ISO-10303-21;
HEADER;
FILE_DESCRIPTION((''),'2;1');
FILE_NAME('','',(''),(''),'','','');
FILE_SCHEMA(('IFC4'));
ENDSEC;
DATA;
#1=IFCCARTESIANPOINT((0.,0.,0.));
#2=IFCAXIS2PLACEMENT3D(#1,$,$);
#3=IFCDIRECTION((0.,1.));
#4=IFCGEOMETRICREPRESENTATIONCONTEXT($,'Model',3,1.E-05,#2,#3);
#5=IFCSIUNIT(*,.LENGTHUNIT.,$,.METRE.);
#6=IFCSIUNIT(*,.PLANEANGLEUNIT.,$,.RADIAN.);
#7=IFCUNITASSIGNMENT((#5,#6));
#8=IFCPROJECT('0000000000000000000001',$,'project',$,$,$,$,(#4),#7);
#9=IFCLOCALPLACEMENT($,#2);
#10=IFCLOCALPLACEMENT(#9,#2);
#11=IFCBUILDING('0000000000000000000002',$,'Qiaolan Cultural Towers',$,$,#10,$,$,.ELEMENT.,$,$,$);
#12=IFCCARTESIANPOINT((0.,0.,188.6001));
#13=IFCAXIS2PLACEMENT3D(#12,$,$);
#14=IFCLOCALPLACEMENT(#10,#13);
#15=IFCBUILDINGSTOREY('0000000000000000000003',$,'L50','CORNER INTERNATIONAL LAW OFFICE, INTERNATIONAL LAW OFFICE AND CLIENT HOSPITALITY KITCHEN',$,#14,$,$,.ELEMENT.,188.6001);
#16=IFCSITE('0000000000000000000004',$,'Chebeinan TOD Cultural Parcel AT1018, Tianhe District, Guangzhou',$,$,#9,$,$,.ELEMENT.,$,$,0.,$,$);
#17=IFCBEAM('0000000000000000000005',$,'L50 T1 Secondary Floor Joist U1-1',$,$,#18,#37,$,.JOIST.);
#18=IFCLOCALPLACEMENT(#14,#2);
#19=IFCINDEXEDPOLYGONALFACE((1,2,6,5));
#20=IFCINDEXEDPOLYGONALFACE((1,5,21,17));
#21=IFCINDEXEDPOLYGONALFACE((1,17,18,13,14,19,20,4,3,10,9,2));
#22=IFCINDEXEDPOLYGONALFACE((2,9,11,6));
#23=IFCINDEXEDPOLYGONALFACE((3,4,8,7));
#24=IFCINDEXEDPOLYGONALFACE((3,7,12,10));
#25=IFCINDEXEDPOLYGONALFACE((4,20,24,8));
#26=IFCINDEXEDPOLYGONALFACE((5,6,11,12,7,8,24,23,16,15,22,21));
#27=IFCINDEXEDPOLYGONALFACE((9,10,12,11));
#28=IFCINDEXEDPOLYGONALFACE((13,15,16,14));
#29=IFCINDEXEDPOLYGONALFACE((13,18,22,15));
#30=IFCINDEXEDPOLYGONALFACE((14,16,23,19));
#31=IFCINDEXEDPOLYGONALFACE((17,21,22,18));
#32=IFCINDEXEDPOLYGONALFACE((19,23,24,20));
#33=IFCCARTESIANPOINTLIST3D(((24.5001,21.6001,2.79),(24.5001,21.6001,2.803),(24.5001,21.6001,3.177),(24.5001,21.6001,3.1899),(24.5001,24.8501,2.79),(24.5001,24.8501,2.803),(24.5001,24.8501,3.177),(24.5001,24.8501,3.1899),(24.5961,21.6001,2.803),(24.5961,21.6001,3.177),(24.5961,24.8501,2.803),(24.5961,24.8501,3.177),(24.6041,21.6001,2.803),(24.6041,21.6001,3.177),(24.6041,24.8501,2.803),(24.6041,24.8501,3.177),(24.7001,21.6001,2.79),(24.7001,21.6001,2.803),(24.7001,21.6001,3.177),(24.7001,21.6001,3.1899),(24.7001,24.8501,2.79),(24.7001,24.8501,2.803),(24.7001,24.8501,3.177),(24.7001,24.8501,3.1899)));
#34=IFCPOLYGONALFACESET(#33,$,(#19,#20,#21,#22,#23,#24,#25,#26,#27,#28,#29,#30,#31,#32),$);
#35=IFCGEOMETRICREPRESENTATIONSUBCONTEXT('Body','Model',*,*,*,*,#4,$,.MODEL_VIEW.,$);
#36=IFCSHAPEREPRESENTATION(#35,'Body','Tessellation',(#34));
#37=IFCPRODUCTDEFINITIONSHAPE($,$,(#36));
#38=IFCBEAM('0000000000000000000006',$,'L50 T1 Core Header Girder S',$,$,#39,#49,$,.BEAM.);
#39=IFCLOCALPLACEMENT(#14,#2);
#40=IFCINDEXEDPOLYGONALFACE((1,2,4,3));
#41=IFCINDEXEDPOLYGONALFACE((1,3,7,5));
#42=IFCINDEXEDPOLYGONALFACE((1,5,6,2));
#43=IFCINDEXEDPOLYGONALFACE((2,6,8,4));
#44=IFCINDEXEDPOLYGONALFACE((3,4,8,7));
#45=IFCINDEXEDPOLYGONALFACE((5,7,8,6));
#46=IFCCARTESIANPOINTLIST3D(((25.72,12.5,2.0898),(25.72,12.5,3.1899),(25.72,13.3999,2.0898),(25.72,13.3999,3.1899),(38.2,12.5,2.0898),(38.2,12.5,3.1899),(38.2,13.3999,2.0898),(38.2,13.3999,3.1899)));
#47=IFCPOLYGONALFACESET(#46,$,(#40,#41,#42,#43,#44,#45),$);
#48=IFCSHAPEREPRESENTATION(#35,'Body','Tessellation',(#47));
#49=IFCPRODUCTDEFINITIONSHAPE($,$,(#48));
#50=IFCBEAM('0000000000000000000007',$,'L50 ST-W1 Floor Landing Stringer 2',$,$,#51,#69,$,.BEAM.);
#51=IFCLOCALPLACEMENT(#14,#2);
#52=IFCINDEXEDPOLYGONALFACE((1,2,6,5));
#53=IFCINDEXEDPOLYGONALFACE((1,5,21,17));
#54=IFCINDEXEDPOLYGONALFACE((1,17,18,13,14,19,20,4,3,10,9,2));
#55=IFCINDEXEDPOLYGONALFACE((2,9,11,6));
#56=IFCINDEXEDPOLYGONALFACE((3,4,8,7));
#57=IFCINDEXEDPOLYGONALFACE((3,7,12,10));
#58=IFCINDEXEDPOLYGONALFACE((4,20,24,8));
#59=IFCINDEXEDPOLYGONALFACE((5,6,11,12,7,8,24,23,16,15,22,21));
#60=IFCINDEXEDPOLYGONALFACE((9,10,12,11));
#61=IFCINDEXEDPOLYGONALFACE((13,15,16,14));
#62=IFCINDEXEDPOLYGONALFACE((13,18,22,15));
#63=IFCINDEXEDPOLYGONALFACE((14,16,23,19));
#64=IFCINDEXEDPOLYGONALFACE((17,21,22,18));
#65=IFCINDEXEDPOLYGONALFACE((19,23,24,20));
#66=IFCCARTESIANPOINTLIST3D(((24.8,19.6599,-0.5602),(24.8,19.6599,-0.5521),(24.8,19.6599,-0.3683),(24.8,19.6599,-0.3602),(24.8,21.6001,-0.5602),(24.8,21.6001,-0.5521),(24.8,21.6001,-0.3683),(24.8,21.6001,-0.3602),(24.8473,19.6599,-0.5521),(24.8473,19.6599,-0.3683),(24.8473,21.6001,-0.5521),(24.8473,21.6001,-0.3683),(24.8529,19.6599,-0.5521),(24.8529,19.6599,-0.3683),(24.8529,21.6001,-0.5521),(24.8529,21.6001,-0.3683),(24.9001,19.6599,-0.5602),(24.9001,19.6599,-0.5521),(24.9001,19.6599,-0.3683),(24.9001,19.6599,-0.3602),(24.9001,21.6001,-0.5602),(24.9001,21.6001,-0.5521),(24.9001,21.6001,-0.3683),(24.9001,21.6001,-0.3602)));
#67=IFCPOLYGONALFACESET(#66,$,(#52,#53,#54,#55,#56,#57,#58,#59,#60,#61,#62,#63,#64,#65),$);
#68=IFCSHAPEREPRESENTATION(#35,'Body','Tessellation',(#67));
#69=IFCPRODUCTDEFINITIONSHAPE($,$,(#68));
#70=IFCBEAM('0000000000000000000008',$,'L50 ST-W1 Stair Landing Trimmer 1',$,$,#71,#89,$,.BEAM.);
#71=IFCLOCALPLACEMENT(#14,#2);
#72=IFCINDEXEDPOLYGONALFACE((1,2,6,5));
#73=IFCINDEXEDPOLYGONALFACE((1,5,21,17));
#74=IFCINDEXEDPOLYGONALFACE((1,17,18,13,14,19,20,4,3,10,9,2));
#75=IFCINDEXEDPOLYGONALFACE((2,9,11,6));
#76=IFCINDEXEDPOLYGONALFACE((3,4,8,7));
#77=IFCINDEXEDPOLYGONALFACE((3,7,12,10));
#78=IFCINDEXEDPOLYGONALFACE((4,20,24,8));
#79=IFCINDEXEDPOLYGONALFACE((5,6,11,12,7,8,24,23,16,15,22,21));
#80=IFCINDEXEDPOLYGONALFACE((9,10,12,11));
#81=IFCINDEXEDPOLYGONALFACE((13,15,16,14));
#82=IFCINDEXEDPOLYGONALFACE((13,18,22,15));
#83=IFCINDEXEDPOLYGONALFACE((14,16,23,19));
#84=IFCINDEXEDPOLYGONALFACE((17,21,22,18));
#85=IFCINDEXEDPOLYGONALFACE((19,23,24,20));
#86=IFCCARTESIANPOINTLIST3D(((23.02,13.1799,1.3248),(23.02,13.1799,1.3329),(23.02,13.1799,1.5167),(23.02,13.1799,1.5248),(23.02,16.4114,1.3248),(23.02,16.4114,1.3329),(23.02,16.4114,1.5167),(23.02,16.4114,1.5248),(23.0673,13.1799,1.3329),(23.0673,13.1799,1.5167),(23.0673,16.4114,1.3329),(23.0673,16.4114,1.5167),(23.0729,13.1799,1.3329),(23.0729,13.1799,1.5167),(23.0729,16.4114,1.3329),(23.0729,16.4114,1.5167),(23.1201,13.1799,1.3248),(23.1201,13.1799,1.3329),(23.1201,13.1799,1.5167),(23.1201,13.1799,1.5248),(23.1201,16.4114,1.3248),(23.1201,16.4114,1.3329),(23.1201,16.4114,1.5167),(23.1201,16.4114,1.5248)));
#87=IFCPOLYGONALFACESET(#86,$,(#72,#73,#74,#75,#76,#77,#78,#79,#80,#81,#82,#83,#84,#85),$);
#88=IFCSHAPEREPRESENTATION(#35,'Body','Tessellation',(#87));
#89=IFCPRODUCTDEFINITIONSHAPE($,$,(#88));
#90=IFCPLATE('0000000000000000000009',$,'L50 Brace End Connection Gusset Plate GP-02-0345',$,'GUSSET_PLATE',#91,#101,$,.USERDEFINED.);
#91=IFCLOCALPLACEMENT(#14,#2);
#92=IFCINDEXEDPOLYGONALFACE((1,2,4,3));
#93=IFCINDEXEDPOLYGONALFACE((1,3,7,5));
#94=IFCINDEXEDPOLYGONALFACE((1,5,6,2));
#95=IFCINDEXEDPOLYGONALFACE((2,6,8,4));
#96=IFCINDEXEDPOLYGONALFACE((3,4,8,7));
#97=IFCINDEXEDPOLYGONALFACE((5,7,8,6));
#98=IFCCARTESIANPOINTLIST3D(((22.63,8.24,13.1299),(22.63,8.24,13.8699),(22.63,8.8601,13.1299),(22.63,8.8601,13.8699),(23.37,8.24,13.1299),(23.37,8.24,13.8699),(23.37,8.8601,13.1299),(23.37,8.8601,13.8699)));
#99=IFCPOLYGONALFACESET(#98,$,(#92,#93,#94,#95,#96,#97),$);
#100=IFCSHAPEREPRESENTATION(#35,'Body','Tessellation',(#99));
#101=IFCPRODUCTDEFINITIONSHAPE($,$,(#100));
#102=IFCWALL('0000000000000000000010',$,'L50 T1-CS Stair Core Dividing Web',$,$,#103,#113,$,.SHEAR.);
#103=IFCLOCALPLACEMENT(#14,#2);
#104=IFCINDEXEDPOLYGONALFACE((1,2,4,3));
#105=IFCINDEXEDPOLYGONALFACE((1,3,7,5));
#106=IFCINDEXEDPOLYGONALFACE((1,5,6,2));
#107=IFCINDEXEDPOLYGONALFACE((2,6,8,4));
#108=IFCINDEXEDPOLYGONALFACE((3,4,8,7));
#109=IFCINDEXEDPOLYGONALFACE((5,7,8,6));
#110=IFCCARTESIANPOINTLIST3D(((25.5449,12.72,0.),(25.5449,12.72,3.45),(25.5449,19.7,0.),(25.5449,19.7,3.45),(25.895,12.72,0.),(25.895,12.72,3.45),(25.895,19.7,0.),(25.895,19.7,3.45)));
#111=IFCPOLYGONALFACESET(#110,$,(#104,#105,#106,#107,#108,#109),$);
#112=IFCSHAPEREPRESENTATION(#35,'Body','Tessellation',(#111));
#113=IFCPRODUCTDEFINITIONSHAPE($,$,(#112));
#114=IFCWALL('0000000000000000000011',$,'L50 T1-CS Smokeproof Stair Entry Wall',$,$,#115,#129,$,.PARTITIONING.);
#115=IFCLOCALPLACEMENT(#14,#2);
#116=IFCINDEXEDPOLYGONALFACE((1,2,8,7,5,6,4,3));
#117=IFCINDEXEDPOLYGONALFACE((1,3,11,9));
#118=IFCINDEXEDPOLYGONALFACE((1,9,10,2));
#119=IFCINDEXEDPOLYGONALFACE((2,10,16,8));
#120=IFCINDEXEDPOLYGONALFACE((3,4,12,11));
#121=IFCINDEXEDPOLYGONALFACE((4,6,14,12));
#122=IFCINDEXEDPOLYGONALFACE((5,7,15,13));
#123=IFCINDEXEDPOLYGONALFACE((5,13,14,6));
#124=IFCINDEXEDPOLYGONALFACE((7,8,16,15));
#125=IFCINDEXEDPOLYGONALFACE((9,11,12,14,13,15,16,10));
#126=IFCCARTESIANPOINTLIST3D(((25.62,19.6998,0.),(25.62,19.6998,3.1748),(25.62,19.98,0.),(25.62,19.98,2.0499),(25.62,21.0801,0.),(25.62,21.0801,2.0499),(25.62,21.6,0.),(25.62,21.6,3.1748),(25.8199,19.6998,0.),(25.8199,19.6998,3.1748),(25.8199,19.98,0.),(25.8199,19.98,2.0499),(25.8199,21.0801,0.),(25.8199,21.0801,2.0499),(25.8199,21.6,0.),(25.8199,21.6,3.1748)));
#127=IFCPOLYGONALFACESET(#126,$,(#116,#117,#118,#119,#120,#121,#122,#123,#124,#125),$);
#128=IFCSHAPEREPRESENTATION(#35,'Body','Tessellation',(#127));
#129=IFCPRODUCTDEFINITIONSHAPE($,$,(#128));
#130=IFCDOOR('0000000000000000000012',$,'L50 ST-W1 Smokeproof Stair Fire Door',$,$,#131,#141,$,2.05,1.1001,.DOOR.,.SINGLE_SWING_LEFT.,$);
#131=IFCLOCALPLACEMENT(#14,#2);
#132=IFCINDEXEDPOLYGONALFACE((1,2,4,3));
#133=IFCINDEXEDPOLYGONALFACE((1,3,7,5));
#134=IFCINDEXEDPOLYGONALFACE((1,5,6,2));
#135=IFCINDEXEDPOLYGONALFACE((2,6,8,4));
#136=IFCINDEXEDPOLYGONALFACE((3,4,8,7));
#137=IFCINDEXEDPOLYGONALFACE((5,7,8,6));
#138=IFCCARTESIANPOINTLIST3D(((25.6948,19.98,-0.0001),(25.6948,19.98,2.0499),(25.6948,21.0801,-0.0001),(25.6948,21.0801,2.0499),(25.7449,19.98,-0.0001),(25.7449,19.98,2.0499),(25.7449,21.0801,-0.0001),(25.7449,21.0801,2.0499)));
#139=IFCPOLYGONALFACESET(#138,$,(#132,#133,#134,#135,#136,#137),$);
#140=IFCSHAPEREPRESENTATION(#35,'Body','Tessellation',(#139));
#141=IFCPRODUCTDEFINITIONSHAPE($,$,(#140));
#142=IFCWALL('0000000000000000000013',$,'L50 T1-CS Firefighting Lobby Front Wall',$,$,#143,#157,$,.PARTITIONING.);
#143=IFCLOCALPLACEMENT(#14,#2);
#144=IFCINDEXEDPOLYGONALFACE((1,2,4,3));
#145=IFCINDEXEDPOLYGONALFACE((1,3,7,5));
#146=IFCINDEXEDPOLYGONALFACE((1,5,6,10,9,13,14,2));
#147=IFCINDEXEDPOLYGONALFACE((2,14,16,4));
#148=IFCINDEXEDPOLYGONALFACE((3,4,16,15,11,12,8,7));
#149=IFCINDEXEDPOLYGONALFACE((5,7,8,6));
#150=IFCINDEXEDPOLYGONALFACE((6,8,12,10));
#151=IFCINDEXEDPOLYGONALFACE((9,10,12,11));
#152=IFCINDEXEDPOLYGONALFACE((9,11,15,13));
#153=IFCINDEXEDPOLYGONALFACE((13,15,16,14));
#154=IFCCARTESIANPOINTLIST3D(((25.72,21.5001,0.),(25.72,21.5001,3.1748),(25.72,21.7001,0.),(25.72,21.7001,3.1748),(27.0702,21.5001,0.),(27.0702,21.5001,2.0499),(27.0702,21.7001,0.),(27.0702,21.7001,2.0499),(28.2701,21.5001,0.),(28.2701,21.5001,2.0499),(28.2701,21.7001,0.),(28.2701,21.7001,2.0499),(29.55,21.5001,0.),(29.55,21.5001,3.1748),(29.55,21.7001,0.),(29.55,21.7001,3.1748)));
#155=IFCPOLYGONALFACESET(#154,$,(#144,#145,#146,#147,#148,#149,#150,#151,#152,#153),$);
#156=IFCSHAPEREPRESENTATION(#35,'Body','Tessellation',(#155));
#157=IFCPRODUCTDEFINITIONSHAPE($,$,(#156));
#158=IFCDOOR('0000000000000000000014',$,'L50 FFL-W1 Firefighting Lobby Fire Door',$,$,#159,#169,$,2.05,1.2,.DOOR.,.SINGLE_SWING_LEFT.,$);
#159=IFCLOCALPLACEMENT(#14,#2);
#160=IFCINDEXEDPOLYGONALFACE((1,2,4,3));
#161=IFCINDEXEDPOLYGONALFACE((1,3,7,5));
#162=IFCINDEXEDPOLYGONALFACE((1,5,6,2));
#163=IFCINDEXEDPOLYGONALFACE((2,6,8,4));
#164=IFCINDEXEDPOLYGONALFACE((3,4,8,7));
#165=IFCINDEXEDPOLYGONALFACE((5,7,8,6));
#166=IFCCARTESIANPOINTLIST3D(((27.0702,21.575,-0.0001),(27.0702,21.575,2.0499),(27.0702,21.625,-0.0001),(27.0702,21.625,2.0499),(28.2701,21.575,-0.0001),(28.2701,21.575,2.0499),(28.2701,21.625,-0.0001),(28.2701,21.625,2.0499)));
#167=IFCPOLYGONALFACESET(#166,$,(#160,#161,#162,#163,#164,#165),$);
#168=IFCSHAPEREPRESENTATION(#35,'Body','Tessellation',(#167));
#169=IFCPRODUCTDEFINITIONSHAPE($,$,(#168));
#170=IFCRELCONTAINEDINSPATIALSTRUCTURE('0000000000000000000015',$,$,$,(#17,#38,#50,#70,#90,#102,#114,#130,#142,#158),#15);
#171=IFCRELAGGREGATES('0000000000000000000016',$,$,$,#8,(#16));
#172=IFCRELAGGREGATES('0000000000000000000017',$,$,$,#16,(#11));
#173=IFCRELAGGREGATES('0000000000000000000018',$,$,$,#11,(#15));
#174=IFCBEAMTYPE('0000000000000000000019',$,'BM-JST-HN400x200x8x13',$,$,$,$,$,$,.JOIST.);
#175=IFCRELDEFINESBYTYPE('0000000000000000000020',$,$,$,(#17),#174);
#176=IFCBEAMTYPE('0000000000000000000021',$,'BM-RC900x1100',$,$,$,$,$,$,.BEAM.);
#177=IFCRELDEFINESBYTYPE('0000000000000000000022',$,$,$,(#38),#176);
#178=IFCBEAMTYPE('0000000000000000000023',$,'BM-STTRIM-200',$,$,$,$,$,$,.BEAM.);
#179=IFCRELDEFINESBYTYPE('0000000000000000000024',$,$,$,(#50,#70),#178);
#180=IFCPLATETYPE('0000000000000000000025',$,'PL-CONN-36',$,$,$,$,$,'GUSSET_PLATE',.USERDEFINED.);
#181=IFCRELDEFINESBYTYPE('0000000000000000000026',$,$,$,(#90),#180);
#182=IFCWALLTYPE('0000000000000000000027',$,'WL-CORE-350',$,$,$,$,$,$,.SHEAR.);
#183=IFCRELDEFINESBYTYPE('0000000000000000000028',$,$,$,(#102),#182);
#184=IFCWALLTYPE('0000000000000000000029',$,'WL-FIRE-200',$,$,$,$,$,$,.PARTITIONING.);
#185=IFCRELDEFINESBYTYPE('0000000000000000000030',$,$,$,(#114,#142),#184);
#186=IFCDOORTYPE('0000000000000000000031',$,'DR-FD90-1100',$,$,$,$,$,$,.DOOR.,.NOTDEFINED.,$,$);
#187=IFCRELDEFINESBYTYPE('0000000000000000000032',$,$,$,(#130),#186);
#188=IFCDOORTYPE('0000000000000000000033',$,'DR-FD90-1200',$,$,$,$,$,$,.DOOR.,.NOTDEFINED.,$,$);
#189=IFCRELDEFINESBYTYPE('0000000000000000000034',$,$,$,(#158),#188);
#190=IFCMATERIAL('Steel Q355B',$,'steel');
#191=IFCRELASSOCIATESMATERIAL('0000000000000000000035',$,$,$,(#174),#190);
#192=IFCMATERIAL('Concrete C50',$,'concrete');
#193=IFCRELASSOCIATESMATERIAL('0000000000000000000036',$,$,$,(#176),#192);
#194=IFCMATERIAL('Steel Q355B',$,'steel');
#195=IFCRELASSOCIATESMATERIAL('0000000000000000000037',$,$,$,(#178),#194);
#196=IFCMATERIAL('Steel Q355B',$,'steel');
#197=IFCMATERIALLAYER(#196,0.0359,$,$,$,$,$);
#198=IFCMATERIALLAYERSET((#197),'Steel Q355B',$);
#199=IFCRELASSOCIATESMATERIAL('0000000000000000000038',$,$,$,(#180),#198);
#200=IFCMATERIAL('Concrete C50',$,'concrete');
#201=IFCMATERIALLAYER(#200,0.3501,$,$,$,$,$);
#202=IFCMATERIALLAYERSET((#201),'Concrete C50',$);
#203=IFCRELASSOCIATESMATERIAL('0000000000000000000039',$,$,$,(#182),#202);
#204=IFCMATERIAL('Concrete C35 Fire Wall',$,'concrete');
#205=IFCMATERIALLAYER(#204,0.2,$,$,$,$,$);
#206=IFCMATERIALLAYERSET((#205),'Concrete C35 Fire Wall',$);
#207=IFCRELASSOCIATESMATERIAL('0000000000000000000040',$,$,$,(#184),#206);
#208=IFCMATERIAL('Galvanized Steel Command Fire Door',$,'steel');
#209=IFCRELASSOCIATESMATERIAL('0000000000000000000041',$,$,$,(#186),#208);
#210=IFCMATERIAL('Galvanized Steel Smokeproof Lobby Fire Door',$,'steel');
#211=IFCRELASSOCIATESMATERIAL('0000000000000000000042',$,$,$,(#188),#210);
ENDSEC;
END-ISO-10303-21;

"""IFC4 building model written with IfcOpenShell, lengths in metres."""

from ifc_helpers import new_model, si_unit, direction, frame, frame_2d, origin, origin_2d, place, context, subcontext, project, spatial, rectangle, i_section, extrude, material, layer, layer_set, material_profile, profile_set, type_object, element, fill, save


model = new_model("IFC4")

# Units and contexts
model_context = context("Model", 3, precision=1e-05, world=origin(), true_north=direction((0.0, 1.0)))
body_context = subcontext(model_context, "Body", "Model", "MODEL_VIEW")
ifc_project = project(units=[si_unit("LENGTHUNIT", "METRE"), si_unit("PLANEANGLEUNIT", "RADIAN")], contexts=[model_context])

# Site, building, storey
site_placement = place(None, origin())
site = spatial("IfcSite", under=ifc_project, at=site_placement, Name="Chebeinan TOD Cultural Parcel AT1018, Tianhe District, Guangzhou", CompositionType="ELEMENT", RefElevation=0.0)
building_placement = place(site_placement, origin())
building = spatial("IfcBuilding", under=site, at=building_placement, Name="Qiaolan Cultural Towers", CompositionType="ELEMENT")
storey_placement = place(building_placement, frame((0.0, 0.0, 188.6001)))
storey = spatial("IfcBuildingStorey", under=building, at=storey_placement, Name="L50", Description="CORNER INTERNATIONAL LAW OFFICE, INTERNATIONAL LAW OFFICE AND CLIENT HOSPITALITY KITCHEN", CompositionType="ELEMENT", Elevation=188.6001)

# Beams
ifc_material_1 = material(Name="Steel Q355B", Category="steel")
ifc_material_profile_1 = material_profile(ifc_material_1, i_section(OverallWidth=0.2, OverallDepth=0.3999, WebThickness=0.0081, FlangeThickness=0.0129, at=origin_2d()), Name="HN400x200x8x13")
ifc_profile_set_1 = profile_set([ifc_material_profile_1], Name="Steel Q355B")
beam_type_1 = type_object("IfcBeamType", Name="BM-JST-HN400x200x8x13", PredefinedType="JOIST", material=ifc_profile_set_1)
beam_1_placement = place(storey_placement, frame((24.6001, 21.6001, 2.99), z_axis=(0.0, 1.0, 0.0), x_axis=(-1.0, 0.0, 0.0)))
element("IfcBeam", 1, at=beam_1_placement, inside=storey, type_object=beam_type_1, Name="L50 T1 Secondary Floor Joist U1-1", PredefinedType="JOIST", context=body_context, shape_type="SweptSolid", body=[
    extrude(i_section(OverallWidth=0.2, OverallDepth=0.3999, WebThickness=0.0081, FlangeThickness=0.0129, at=origin_2d()), origin(), (0.0, 0.0, 1.0), 3.25),
])
ifc_material_2 = material(Name="Concrete C50", Category="concrete")
ifc_material_profile_2 = material_profile(ifc_material_2, rectangle(XDim=0.8999, YDim=1.1001, at=origin_2d()), Name="RC900x1100")
ifc_profile_set_2 = profile_set([ifc_material_profile_2], Name="Concrete C50")
beam_type_2 = type_object("IfcBeamType", Name="BM-RC900x1100", PredefinedType="BEAM", material=ifc_profile_set_2)
beam_2_placement = place(storey_placement, frame((25.72, 12.95, 2.6399), z_axis=(1.0, 0.0, 0.0), x_axis=(0.0, 1.0, 0.0)))
element("IfcBeam", 2, at=beam_2_placement, inside=storey, type_object=beam_type_2, Name="L50 T1 Core Header Girder S", PredefinedType="BEAM", context=body_context, shape_type="SweptSolid", body=[
    extrude(rectangle(XDim=0.8999, YDim=1.1001, at=origin_2d()), origin(), (0.0, 0.0, 1.0), 12.48),
])
ifc_material_3 = material(Name="Steel Q355B", Category="steel")
ifc_material_profile_3 = material_profile(ifc_material_3, i_section(OverallWidth=0.1001, OverallDepth=0.2, WebThickness=0.0056, FlangeThickness=0.0081, at=origin_2d()), Name="HN200x100x5.5x8")
ifc_profile_set_3 = profile_set([ifc_material_profile_3], Name="Steel Q355B")
beam_type_3 = type_object("IfcBeamType", Name="BM-STTRIM-200", PredefinedType="BEAM", material=ifc_profile_set_3)
beam_3_placement = place(storey_placement, frame((24.8501, 21.6001, -0.4602), z_axis=(0.0, -1.0, 0.0), x_axis=(1.0, 0.0, 0.0)))
element("IfcBeam", 3, at=beam_3_placement, inside=storey, type_object=beam_type_3, Name="L50 ST-W1 Floor Landing Stringer 2", PredefinedType="BEAM", context=body_context, shape_type="SweptSolid", body=[
    extrude(i_section(OverallWidth=0.1001, OverallDepth=0.2, WebThickness=0.0056, FlangeThickness=0.0081, at=origin_2d()), origin(), (0.0, 0.0, 1.0), 1.9402),
])
beam_4_placement = place(storey_placement, frame((23.0701, 16.4114, 1.4248), z_axis=(0.0, -1.0, 0.0), x_axis=(1.0, 0.0, 0.0)))
element("IfcBeam", 4, at=beam_4_placement, inside=storey, type_object=beam_type_3, Name="L50 ST-W1 Stair Landing Trimmer 1", PredefinedType="BEAM", context=body_context, shape_type="SweptSolid", body=[
    extrude(i_section(OverallWidth=0.1001, OverallDepth=0.2, WebThickness=0.0056, FlangeThickness=0.0081, at=origin_2d()), origin(), (0.0, 0.0, 1.0), 3.2314),
])

# Plate
ifc_material_4 = material(Name="Steel Q355B", Category="steel")
ifc_layer_1 = layer(ifc_material_4, 0.0359)
ifc_layer_set_1 = layer_set([ifc_layer_1], Name="Steel Q355B")
plate_type = type_object("IfcPlateType", Name="PL-CONN-36", ElementType="GUSSET_PLATE", PredefinedType="USERDEFINED", material=ifc_layer_set_1)
plate_placement = place(storey_placement, frame((23.0, 8.55, 13.1299), z_axis=(0.0, 0.0, 1.0), x_axis=(1.0, 0.0, 0.0)))
element("IfcPlate", 5, at=plate_placement, inside=storey, type_object=plate_type, Name="L50 Brace End Connection Gusset Plate GP-02-0345", ObjectType="GUSSET_PLATE", PredefinedType="USERDEFINED", context=body_context, shape_type="SweptSolid", body=[
    extrude(rectangle(XDim=0.74, YDim=0.6201, at=origin_2d()), origin(), (0.0, 0.0, 1.0), 0.74),
])

# Wall
ifc_material_5 = material(Name="Concrete C50", Category="concrete")
ifc_layer_2 = layer(ifc_material_5, 0.3501)
ifc_layer_set_2 = layer_set([ifc_layer_2], Name="Concrete C50")
wall_type_1 = type_object("IfcWallType", Name="WL-CORE-350", PredefinedType="SHEAR", material=ifc_layer_set_2)
wall_1_placement = place(storey_placement, frame((25.72, 19.7, 0.0), z_axis=(0.0, 0.0, 1.0), x_axis=(0.0, -1.0, 0.0)))
element("IfcWall", 6, at=wall_1_placement, inside=storey, type_object=wall_type_1, Name="L50 T1-CS Stair Core Dividing Web", PredefinedType="SHEAR", context=body_context, shape_type="SweptSolid", body=[
    extrude(rectangle(XDim=6.98, YDim=0.3501, at=frame_2d((3.49, 0.0))), origin(), (0.0, 0.0, 1.0), 3.45),
])

# Walls, openings, doors
ifc_material_6 = material(Name="Concrete C35 Fire Wall", Category="concrete")
ifc_layer_3 = layer(ifc_material_6, 0.2)
ifc_layer_set_3 = layer_set([ifc_layer_3], Name="Concrete C35 Fire Wall")
wall_type_2 = type_object("IfcWallType", Name="WL-FIRE-200", PredefinedType="PARTITIONING", material=ifc_layer_set_3)
wall_2_placement = place(storey_placement, frame((25.72, 21.6001, 0.0), z_axis=(0.0, 0.0, 1.0), x_axis=(0.0, -1.0, 0.0)))
wall_2 = element("IfcWall", 7, at=wall_2_placement, inside=storey, type_object=wall_type_2, Name="L50 T1-CS Smokeproof Stair Entry Wall", PredefinedType="PARTITIONING", context=body_context, shape_type="SweptSolid", body=[
    extrude(rectangle(XDim=1.9001, YDim=0.2, at=frame_2d((0.9502, 0.0))), origin(), (0.0, 0.0, 1.0), 3.1748),
])
opening_1_placement = place(wall_2_placement, frame((0.52, 0.0, 0.0)))
opening_1 = element("IfcOpeningElement", 8, at=opening_1_placement, cuts=wall_2, PredefinedType="OPENING", context=body_context, shape_type="SweptSolid", body=[
    extrude(rectangle(XDim=1.1001, YDim=2.05, at=frame_2d((0.55, 1.0249))), frame((0.0, 0.1099, 0.0), z_axis=(0.0, -1.0, 0.0), x_axis=(1.0, 0.0, 0.0)), (0.0, 0.0, 1.0), 0.22),
])
ifc_material_7 = material(Name="Galvanized Steel Command Fire Door", Category="steel")
door_type_1 = type_object("IfcDoorType", Name="DR-FD90-1100", OperationType="NOTDEFINED", PredefinedType="DOOR", material=ifc_material_7)
door_1_placement = place(opening_1_placement, origin())
door_1 = element("IfcDoor", 9, at=door_1_placement, inside=storey, type_object=door_type_1, Name="L50 ST-W1 Smokeproof Stair Fire Door", OperationType="SINGLE_SWING_LEFT", OverallHeight=2.05, OverallWidth=1.1001, PredefinedType="DOOR", context=body_context, shape_type="SweptSolid", body=[
    extrude(rectangle(XDim=1.1001, YDim=2.05, at=frame_2d((0.55, 1.0249))), frame((0.0, 0.0249, 0.0), z_axis=(0.0, -1.0, 0.0), x_axis=(1.0, 0.0, 0.0)), (0.0, 0.0, 1.0), 0.05),
])
fill(opening_1, door_1)
wall_3_placement = place(storey_placement, frame((25.72, 21.6001, 0.0), z_axis=(0.0, 0.0, 1.0), x_axis=(1.0, 0.0, 0.0)))
wall_3 = element("IfcWall", 10, at=wall_3_placement, inside=storey, type_object=wall_type_2, Name="L50 T1-CS Firefighting Lobby Front Wall", PredefinedType="PARTITIONING", context=body_context, shape_type="SweptSolid", body=[
    extrude(rectangle(XDim=3.8301, YDim=0.2, at=frame_2d((1.915, 0.0))), origin(), (0.0, 0.0, 1.0), 3.1748),
])
opening_2_placement = place(wall_3_placement, frame((1.3501, 0.0, 0.0)))
opening_2 = element("IfcOpeningElement", 11, at=opening_2_placement, cuts=wall_3, PredefinedType="OPENING", context=body_context, shape_type="SweptSolid", body=[
    extrude(rectangle(XDim=1.2, YDim=2.05, at=frame_2d((0.6001, 1.0249))), frame((0.0, 0.1099, 0.0), z_axis=(0.0, -1.0, 0.0), x_axis=(1.0, 0.0, 0.0)), (0.0, 0.0, 1.0), 0.22),
])
ifc_material_8 = material(Name="Galvanized Steel Smokeproof Lobby Fire Door", Category="steel")
door_type_2 = type_object("IfcDoorType", Name="DR-FD90-1200", OperationType="NOTDEFINED", PredefinedType="DOOR", material=ifc_material_8)
door_2_placement = place(opening_2_placement, origin())
door_2 = element("IfcDoor", 12, at=door_2_placement, inside=storey, type_object=door_type_2, Name="L50 FFL-W1 Firefighting Lobby Fire Door", OperationType="SINGLE_SWING_LEFT", OverallHeight=2.05, OverallWidth=1.2, PredefinedType="DOOR", context=body_context, shape_type="SweptSolid", body=[
    extrude(rectangle(XDim=1.2, YDim=2.05, at=frame_2d((0.6001, 1.0249))), frame((0.0, 0.0249, 0.0), z_axis=(0.0, -1.0, 0.0), x_axis=(1.0, 0.0, 0.0)), (0.0, 0.0, 1.0), 0.05),
])
fill(opening_2, door_2)

save(model, "model.ifc")
